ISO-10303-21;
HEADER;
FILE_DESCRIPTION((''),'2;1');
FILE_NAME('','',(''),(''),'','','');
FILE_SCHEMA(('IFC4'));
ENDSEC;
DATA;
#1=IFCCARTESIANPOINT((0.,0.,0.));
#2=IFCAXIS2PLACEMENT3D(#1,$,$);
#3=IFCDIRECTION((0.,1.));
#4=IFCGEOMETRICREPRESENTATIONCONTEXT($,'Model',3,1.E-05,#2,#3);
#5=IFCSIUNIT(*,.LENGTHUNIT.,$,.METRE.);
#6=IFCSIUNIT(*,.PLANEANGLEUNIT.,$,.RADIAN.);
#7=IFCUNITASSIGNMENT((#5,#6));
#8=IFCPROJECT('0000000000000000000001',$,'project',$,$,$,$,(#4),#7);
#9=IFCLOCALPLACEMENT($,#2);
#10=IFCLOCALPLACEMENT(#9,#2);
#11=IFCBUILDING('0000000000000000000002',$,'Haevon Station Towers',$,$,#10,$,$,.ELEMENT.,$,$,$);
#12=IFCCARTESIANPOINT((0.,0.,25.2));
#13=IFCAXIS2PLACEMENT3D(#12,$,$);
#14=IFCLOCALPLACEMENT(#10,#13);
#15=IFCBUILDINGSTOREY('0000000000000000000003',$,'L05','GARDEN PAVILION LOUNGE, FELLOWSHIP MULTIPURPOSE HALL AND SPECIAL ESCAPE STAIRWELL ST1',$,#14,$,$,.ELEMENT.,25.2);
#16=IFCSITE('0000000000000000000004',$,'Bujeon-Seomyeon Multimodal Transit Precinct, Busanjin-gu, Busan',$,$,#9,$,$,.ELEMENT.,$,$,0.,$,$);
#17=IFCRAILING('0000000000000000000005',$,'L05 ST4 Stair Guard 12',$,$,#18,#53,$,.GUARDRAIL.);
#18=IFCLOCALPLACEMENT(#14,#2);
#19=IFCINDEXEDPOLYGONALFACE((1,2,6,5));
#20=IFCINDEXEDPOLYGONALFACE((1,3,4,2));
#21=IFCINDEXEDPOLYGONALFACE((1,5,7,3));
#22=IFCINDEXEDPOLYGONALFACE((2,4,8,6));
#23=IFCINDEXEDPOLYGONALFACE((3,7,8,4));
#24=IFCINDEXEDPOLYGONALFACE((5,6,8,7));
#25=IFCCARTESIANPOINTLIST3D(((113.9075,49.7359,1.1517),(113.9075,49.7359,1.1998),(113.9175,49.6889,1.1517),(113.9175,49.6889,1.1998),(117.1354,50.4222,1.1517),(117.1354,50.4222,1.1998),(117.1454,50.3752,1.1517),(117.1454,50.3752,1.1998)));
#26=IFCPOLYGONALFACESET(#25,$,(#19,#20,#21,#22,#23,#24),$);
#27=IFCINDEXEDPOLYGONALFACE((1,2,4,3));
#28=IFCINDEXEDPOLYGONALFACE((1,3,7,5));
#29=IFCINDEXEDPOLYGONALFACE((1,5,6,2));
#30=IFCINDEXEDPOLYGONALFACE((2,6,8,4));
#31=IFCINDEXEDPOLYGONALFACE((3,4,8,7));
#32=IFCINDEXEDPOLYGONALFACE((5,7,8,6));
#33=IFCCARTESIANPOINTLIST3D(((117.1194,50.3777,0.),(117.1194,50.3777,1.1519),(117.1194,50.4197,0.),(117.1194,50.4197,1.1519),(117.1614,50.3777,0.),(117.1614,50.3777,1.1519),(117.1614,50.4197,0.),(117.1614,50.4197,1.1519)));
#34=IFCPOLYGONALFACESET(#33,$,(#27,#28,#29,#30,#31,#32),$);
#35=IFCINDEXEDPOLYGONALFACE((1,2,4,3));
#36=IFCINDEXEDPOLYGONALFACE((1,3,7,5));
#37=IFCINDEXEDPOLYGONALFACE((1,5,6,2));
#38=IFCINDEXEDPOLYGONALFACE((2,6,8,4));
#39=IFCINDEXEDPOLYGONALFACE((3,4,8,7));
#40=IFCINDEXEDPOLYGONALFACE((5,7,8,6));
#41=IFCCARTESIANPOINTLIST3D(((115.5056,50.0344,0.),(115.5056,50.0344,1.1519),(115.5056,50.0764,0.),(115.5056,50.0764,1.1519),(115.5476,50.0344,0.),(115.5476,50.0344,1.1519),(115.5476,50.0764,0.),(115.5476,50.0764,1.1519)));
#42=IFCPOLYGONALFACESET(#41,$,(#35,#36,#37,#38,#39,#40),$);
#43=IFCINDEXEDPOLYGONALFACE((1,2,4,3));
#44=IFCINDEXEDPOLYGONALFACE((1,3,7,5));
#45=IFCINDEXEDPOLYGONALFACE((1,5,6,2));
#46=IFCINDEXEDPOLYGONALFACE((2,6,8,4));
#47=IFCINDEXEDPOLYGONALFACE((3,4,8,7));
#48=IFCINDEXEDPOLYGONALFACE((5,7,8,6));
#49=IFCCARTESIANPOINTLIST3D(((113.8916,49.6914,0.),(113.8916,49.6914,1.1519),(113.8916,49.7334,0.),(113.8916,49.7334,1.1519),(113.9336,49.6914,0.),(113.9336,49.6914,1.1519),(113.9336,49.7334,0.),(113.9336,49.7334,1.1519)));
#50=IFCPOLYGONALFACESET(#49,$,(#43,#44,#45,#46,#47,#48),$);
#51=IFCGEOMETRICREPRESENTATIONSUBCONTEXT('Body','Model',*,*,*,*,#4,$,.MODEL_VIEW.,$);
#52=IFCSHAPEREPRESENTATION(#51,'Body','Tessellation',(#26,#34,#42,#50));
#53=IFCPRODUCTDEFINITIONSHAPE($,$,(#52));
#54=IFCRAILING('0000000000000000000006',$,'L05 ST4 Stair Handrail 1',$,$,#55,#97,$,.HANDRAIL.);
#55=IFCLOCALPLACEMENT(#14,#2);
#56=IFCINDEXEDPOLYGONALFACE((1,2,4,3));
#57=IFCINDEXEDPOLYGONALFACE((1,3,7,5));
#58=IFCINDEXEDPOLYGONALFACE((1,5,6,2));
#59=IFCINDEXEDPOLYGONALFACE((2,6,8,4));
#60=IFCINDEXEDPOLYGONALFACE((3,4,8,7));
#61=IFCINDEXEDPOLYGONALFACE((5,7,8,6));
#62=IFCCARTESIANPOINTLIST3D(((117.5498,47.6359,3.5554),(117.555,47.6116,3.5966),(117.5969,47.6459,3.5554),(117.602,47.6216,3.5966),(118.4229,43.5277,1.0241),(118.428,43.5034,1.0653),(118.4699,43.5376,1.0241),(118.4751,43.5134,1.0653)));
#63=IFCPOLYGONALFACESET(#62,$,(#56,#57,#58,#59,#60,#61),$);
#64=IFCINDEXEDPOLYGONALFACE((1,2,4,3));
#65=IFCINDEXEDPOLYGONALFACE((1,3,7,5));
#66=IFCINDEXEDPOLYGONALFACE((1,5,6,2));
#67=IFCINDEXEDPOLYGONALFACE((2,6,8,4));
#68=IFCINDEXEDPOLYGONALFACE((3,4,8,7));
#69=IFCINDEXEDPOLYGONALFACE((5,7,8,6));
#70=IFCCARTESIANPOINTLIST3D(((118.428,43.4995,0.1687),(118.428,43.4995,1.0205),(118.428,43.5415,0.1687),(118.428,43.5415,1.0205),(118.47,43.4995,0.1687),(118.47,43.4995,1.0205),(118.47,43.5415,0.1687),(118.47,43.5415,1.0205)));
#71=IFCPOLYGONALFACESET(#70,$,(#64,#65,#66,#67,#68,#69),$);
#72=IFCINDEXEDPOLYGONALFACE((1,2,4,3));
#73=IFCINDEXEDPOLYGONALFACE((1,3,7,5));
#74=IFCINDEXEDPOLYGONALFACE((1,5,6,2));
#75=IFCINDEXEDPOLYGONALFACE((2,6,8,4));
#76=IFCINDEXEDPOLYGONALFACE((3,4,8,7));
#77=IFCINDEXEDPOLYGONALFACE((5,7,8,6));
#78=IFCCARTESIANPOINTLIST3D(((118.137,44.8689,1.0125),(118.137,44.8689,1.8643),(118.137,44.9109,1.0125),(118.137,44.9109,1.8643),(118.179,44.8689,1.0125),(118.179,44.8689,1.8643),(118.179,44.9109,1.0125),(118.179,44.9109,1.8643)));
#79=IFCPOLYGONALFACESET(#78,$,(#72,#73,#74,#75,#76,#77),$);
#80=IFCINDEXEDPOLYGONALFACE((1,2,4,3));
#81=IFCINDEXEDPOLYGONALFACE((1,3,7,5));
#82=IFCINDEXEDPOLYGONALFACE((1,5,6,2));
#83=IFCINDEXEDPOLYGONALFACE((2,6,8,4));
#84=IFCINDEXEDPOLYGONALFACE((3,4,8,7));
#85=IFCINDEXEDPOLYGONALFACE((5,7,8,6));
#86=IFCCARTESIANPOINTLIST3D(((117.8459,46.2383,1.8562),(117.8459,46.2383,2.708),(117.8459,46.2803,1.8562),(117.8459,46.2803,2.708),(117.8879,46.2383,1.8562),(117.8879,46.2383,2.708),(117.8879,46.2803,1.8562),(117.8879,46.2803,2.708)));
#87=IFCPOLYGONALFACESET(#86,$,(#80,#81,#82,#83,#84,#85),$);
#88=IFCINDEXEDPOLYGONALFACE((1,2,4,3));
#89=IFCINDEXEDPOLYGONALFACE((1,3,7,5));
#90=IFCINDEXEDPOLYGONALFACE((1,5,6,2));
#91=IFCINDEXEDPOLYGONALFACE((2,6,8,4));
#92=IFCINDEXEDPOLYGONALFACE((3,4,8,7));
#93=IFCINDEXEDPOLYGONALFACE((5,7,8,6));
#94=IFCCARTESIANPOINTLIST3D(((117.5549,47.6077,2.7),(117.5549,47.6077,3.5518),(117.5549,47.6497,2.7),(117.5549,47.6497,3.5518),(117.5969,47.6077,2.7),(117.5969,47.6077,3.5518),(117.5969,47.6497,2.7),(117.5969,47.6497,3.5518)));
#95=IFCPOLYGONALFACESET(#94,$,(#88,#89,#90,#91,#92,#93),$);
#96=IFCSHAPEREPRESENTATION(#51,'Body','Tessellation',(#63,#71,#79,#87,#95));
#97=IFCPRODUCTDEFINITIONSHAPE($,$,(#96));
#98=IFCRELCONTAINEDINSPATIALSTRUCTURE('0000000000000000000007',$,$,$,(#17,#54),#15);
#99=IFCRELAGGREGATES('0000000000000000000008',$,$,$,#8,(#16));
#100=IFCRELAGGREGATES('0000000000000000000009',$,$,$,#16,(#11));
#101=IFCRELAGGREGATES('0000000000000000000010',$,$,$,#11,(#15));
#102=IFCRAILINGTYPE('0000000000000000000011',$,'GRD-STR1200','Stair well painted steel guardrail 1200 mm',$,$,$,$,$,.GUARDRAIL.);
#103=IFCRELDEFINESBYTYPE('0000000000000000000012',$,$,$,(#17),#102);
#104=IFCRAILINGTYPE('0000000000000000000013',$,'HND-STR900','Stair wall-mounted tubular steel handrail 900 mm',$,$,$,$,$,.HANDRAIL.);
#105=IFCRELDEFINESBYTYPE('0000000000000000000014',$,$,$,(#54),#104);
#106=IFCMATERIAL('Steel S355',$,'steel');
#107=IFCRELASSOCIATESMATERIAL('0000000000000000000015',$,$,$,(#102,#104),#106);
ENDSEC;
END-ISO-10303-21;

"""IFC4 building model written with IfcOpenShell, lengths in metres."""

from ifc_helpers import new_model, si_unit, direction, frame, origin, origin_2d, place, context, subcontext, project, spatial, rectangle, extrude, material, type_object, element, save


model = new_model("IFC4")

# Units and contexts
model_context = context("Model", 3, precision=1e-05, world=origin(), true_north=direction((0.0, 1.0)))
body_context = subcontext(model_context, "Body", "Model", "MODEL_VIEW")
ifc_project = project(units=[si_unit("LENGTHUNIT", "METRE"), si_unit("PLANEANGLEUNIT", "RADIAN")], contexts=[model_context])

# Site, building, storey
site_placement = place(None, origin())
site = spatial("IfcSite", under=ifc_project, at=site_placement, Name="Bujeon-Seomyeon Multimodal Transit Precinct, Busanjin-gu, Busan", CompositionType="ELEMENT", RefElevation=0.0)
building_placement = place(site_placement, origin())
building = spatial("IfcBuilding", under=site, at=building_placement, Name="Haevon Station Towers", CompositionType="ELEMENT")
storey_placement = place(building_placement, frame((0.0, 0.0, 25.2)))
storey = spatial("IfcBuildingStorey", under=building, at=storey_placement, Name="L05", Description="GARDEN PAVILION LOUNGE, FELLOWSHIP MULTIPURPOSE HALL AND SPECIAL ESCAPE STAIRWELL ST1", CompositionType="ELEMENT", Elevation=25.2)

# Shared definitions
ifc_material_1 = material(Name="Steel S355", Category="steel")

# Railings
railing_type_1 = type_object("IfcRailingType", Name="GRD-STR1200", Description="Stair well painted steel guardrail 1200 mm", PredefinedType="GUARDRAIL", material=ifc_material_1)
railing_1_placement = place(storey_placement, frame((117.1404, 50.3987, 0.0)))
element("IfcRailing", 1, at=railing_1_placement, inside=storey, type_object=railing_type_1, Name="L05 ST4 Stair Guard 12", PredefinedType="GUARDRAIL", context=body_context, shape_type="SweptSolid", body=[
    extrude(rectangle(XDim=0.0481, YDim=0.0481, at=origin_2d()), frame((0.0, 0.0, 1.1758), z_axis=(-0.978136, -0.207968, 0.0), x_axis=(0.207968, -0.978136, 0.0)), (0.0, 0.0, 1.0), 3.3),
    extrude(rectangle(XDim=0.042, YDim=0.042, at=origin_2d()), origin(), (0.0, 0.0, 1.0), 1.1519),
    extrude(rectangle(XDim=0.042, YDim=0.042, at=origin_2d()), frame((-1.6138, -0.3433, 0.0)), (0.0, 0.0, 1.0), 1.1519),
    extrude(rectangle(XDim=0.042, YDim=0.042, at=origin_2d()), frame((-3.2278, -0.6863, 0.0)), (0.0, 0.0, 1.0), 1.1519),
])
railing_type_2 = type_object("IfcRailingType", Name="HND-STR900", Description="Stair wall-mounted tubular steel handrail 900 mm", PredefinedType="HANDRAIL", material=ifc_material_1)
railing_2_placement = place(storey_placement, frame((118.449, 43.5205, 0.1687)))
element("IfcRailing", 2, at=railing_2_placement, inside=storey, type_object=railing_type_2, Name="L05 ST4 Stair Handrail 1", PredefinedType="HANDRAIL", context=body_context, shape_type="SweptSolid", body=[
    extrude(rectangle(XDim=0.0481, YDim=0.0481, at=origin_2d()), frame((0.0, 0.0, 0.876), z_axis=(-0.178038, 0.837765, 0.516191), x_axis=(-0.978156, -0.207873, 0.0)), (0.0, 0.0, 1.0), 4.9038),
    extrude(rectangle(XDim=0.042, YDim=0.042, at=origin_2d()), origin(), (0.0, 0.0, 1.0), 0.8518),
    extrude(rectangle(XDim=0.042, YDim=0.042, at=origin_2d()), frame((-0.291, 1.3694, 0.8438)), (0.0, 0.0, 1.0), 0.8518),
    extrude(rectangle(XDim=0.042, YDim=0.042, at=origin_2d()), frame((-0.582, 2.7388, 1.6875)), (0.0, 0.0, 1.0), 0.8518),
    extrude(rectangle(XDim=0.042, YDim=0.042, at=origin_2d()), frame((-0.873, 4.1082, 2.5312)), (0.0, 0.0, 1.0), 0.8518),
])

save(model, "model.ifc")
